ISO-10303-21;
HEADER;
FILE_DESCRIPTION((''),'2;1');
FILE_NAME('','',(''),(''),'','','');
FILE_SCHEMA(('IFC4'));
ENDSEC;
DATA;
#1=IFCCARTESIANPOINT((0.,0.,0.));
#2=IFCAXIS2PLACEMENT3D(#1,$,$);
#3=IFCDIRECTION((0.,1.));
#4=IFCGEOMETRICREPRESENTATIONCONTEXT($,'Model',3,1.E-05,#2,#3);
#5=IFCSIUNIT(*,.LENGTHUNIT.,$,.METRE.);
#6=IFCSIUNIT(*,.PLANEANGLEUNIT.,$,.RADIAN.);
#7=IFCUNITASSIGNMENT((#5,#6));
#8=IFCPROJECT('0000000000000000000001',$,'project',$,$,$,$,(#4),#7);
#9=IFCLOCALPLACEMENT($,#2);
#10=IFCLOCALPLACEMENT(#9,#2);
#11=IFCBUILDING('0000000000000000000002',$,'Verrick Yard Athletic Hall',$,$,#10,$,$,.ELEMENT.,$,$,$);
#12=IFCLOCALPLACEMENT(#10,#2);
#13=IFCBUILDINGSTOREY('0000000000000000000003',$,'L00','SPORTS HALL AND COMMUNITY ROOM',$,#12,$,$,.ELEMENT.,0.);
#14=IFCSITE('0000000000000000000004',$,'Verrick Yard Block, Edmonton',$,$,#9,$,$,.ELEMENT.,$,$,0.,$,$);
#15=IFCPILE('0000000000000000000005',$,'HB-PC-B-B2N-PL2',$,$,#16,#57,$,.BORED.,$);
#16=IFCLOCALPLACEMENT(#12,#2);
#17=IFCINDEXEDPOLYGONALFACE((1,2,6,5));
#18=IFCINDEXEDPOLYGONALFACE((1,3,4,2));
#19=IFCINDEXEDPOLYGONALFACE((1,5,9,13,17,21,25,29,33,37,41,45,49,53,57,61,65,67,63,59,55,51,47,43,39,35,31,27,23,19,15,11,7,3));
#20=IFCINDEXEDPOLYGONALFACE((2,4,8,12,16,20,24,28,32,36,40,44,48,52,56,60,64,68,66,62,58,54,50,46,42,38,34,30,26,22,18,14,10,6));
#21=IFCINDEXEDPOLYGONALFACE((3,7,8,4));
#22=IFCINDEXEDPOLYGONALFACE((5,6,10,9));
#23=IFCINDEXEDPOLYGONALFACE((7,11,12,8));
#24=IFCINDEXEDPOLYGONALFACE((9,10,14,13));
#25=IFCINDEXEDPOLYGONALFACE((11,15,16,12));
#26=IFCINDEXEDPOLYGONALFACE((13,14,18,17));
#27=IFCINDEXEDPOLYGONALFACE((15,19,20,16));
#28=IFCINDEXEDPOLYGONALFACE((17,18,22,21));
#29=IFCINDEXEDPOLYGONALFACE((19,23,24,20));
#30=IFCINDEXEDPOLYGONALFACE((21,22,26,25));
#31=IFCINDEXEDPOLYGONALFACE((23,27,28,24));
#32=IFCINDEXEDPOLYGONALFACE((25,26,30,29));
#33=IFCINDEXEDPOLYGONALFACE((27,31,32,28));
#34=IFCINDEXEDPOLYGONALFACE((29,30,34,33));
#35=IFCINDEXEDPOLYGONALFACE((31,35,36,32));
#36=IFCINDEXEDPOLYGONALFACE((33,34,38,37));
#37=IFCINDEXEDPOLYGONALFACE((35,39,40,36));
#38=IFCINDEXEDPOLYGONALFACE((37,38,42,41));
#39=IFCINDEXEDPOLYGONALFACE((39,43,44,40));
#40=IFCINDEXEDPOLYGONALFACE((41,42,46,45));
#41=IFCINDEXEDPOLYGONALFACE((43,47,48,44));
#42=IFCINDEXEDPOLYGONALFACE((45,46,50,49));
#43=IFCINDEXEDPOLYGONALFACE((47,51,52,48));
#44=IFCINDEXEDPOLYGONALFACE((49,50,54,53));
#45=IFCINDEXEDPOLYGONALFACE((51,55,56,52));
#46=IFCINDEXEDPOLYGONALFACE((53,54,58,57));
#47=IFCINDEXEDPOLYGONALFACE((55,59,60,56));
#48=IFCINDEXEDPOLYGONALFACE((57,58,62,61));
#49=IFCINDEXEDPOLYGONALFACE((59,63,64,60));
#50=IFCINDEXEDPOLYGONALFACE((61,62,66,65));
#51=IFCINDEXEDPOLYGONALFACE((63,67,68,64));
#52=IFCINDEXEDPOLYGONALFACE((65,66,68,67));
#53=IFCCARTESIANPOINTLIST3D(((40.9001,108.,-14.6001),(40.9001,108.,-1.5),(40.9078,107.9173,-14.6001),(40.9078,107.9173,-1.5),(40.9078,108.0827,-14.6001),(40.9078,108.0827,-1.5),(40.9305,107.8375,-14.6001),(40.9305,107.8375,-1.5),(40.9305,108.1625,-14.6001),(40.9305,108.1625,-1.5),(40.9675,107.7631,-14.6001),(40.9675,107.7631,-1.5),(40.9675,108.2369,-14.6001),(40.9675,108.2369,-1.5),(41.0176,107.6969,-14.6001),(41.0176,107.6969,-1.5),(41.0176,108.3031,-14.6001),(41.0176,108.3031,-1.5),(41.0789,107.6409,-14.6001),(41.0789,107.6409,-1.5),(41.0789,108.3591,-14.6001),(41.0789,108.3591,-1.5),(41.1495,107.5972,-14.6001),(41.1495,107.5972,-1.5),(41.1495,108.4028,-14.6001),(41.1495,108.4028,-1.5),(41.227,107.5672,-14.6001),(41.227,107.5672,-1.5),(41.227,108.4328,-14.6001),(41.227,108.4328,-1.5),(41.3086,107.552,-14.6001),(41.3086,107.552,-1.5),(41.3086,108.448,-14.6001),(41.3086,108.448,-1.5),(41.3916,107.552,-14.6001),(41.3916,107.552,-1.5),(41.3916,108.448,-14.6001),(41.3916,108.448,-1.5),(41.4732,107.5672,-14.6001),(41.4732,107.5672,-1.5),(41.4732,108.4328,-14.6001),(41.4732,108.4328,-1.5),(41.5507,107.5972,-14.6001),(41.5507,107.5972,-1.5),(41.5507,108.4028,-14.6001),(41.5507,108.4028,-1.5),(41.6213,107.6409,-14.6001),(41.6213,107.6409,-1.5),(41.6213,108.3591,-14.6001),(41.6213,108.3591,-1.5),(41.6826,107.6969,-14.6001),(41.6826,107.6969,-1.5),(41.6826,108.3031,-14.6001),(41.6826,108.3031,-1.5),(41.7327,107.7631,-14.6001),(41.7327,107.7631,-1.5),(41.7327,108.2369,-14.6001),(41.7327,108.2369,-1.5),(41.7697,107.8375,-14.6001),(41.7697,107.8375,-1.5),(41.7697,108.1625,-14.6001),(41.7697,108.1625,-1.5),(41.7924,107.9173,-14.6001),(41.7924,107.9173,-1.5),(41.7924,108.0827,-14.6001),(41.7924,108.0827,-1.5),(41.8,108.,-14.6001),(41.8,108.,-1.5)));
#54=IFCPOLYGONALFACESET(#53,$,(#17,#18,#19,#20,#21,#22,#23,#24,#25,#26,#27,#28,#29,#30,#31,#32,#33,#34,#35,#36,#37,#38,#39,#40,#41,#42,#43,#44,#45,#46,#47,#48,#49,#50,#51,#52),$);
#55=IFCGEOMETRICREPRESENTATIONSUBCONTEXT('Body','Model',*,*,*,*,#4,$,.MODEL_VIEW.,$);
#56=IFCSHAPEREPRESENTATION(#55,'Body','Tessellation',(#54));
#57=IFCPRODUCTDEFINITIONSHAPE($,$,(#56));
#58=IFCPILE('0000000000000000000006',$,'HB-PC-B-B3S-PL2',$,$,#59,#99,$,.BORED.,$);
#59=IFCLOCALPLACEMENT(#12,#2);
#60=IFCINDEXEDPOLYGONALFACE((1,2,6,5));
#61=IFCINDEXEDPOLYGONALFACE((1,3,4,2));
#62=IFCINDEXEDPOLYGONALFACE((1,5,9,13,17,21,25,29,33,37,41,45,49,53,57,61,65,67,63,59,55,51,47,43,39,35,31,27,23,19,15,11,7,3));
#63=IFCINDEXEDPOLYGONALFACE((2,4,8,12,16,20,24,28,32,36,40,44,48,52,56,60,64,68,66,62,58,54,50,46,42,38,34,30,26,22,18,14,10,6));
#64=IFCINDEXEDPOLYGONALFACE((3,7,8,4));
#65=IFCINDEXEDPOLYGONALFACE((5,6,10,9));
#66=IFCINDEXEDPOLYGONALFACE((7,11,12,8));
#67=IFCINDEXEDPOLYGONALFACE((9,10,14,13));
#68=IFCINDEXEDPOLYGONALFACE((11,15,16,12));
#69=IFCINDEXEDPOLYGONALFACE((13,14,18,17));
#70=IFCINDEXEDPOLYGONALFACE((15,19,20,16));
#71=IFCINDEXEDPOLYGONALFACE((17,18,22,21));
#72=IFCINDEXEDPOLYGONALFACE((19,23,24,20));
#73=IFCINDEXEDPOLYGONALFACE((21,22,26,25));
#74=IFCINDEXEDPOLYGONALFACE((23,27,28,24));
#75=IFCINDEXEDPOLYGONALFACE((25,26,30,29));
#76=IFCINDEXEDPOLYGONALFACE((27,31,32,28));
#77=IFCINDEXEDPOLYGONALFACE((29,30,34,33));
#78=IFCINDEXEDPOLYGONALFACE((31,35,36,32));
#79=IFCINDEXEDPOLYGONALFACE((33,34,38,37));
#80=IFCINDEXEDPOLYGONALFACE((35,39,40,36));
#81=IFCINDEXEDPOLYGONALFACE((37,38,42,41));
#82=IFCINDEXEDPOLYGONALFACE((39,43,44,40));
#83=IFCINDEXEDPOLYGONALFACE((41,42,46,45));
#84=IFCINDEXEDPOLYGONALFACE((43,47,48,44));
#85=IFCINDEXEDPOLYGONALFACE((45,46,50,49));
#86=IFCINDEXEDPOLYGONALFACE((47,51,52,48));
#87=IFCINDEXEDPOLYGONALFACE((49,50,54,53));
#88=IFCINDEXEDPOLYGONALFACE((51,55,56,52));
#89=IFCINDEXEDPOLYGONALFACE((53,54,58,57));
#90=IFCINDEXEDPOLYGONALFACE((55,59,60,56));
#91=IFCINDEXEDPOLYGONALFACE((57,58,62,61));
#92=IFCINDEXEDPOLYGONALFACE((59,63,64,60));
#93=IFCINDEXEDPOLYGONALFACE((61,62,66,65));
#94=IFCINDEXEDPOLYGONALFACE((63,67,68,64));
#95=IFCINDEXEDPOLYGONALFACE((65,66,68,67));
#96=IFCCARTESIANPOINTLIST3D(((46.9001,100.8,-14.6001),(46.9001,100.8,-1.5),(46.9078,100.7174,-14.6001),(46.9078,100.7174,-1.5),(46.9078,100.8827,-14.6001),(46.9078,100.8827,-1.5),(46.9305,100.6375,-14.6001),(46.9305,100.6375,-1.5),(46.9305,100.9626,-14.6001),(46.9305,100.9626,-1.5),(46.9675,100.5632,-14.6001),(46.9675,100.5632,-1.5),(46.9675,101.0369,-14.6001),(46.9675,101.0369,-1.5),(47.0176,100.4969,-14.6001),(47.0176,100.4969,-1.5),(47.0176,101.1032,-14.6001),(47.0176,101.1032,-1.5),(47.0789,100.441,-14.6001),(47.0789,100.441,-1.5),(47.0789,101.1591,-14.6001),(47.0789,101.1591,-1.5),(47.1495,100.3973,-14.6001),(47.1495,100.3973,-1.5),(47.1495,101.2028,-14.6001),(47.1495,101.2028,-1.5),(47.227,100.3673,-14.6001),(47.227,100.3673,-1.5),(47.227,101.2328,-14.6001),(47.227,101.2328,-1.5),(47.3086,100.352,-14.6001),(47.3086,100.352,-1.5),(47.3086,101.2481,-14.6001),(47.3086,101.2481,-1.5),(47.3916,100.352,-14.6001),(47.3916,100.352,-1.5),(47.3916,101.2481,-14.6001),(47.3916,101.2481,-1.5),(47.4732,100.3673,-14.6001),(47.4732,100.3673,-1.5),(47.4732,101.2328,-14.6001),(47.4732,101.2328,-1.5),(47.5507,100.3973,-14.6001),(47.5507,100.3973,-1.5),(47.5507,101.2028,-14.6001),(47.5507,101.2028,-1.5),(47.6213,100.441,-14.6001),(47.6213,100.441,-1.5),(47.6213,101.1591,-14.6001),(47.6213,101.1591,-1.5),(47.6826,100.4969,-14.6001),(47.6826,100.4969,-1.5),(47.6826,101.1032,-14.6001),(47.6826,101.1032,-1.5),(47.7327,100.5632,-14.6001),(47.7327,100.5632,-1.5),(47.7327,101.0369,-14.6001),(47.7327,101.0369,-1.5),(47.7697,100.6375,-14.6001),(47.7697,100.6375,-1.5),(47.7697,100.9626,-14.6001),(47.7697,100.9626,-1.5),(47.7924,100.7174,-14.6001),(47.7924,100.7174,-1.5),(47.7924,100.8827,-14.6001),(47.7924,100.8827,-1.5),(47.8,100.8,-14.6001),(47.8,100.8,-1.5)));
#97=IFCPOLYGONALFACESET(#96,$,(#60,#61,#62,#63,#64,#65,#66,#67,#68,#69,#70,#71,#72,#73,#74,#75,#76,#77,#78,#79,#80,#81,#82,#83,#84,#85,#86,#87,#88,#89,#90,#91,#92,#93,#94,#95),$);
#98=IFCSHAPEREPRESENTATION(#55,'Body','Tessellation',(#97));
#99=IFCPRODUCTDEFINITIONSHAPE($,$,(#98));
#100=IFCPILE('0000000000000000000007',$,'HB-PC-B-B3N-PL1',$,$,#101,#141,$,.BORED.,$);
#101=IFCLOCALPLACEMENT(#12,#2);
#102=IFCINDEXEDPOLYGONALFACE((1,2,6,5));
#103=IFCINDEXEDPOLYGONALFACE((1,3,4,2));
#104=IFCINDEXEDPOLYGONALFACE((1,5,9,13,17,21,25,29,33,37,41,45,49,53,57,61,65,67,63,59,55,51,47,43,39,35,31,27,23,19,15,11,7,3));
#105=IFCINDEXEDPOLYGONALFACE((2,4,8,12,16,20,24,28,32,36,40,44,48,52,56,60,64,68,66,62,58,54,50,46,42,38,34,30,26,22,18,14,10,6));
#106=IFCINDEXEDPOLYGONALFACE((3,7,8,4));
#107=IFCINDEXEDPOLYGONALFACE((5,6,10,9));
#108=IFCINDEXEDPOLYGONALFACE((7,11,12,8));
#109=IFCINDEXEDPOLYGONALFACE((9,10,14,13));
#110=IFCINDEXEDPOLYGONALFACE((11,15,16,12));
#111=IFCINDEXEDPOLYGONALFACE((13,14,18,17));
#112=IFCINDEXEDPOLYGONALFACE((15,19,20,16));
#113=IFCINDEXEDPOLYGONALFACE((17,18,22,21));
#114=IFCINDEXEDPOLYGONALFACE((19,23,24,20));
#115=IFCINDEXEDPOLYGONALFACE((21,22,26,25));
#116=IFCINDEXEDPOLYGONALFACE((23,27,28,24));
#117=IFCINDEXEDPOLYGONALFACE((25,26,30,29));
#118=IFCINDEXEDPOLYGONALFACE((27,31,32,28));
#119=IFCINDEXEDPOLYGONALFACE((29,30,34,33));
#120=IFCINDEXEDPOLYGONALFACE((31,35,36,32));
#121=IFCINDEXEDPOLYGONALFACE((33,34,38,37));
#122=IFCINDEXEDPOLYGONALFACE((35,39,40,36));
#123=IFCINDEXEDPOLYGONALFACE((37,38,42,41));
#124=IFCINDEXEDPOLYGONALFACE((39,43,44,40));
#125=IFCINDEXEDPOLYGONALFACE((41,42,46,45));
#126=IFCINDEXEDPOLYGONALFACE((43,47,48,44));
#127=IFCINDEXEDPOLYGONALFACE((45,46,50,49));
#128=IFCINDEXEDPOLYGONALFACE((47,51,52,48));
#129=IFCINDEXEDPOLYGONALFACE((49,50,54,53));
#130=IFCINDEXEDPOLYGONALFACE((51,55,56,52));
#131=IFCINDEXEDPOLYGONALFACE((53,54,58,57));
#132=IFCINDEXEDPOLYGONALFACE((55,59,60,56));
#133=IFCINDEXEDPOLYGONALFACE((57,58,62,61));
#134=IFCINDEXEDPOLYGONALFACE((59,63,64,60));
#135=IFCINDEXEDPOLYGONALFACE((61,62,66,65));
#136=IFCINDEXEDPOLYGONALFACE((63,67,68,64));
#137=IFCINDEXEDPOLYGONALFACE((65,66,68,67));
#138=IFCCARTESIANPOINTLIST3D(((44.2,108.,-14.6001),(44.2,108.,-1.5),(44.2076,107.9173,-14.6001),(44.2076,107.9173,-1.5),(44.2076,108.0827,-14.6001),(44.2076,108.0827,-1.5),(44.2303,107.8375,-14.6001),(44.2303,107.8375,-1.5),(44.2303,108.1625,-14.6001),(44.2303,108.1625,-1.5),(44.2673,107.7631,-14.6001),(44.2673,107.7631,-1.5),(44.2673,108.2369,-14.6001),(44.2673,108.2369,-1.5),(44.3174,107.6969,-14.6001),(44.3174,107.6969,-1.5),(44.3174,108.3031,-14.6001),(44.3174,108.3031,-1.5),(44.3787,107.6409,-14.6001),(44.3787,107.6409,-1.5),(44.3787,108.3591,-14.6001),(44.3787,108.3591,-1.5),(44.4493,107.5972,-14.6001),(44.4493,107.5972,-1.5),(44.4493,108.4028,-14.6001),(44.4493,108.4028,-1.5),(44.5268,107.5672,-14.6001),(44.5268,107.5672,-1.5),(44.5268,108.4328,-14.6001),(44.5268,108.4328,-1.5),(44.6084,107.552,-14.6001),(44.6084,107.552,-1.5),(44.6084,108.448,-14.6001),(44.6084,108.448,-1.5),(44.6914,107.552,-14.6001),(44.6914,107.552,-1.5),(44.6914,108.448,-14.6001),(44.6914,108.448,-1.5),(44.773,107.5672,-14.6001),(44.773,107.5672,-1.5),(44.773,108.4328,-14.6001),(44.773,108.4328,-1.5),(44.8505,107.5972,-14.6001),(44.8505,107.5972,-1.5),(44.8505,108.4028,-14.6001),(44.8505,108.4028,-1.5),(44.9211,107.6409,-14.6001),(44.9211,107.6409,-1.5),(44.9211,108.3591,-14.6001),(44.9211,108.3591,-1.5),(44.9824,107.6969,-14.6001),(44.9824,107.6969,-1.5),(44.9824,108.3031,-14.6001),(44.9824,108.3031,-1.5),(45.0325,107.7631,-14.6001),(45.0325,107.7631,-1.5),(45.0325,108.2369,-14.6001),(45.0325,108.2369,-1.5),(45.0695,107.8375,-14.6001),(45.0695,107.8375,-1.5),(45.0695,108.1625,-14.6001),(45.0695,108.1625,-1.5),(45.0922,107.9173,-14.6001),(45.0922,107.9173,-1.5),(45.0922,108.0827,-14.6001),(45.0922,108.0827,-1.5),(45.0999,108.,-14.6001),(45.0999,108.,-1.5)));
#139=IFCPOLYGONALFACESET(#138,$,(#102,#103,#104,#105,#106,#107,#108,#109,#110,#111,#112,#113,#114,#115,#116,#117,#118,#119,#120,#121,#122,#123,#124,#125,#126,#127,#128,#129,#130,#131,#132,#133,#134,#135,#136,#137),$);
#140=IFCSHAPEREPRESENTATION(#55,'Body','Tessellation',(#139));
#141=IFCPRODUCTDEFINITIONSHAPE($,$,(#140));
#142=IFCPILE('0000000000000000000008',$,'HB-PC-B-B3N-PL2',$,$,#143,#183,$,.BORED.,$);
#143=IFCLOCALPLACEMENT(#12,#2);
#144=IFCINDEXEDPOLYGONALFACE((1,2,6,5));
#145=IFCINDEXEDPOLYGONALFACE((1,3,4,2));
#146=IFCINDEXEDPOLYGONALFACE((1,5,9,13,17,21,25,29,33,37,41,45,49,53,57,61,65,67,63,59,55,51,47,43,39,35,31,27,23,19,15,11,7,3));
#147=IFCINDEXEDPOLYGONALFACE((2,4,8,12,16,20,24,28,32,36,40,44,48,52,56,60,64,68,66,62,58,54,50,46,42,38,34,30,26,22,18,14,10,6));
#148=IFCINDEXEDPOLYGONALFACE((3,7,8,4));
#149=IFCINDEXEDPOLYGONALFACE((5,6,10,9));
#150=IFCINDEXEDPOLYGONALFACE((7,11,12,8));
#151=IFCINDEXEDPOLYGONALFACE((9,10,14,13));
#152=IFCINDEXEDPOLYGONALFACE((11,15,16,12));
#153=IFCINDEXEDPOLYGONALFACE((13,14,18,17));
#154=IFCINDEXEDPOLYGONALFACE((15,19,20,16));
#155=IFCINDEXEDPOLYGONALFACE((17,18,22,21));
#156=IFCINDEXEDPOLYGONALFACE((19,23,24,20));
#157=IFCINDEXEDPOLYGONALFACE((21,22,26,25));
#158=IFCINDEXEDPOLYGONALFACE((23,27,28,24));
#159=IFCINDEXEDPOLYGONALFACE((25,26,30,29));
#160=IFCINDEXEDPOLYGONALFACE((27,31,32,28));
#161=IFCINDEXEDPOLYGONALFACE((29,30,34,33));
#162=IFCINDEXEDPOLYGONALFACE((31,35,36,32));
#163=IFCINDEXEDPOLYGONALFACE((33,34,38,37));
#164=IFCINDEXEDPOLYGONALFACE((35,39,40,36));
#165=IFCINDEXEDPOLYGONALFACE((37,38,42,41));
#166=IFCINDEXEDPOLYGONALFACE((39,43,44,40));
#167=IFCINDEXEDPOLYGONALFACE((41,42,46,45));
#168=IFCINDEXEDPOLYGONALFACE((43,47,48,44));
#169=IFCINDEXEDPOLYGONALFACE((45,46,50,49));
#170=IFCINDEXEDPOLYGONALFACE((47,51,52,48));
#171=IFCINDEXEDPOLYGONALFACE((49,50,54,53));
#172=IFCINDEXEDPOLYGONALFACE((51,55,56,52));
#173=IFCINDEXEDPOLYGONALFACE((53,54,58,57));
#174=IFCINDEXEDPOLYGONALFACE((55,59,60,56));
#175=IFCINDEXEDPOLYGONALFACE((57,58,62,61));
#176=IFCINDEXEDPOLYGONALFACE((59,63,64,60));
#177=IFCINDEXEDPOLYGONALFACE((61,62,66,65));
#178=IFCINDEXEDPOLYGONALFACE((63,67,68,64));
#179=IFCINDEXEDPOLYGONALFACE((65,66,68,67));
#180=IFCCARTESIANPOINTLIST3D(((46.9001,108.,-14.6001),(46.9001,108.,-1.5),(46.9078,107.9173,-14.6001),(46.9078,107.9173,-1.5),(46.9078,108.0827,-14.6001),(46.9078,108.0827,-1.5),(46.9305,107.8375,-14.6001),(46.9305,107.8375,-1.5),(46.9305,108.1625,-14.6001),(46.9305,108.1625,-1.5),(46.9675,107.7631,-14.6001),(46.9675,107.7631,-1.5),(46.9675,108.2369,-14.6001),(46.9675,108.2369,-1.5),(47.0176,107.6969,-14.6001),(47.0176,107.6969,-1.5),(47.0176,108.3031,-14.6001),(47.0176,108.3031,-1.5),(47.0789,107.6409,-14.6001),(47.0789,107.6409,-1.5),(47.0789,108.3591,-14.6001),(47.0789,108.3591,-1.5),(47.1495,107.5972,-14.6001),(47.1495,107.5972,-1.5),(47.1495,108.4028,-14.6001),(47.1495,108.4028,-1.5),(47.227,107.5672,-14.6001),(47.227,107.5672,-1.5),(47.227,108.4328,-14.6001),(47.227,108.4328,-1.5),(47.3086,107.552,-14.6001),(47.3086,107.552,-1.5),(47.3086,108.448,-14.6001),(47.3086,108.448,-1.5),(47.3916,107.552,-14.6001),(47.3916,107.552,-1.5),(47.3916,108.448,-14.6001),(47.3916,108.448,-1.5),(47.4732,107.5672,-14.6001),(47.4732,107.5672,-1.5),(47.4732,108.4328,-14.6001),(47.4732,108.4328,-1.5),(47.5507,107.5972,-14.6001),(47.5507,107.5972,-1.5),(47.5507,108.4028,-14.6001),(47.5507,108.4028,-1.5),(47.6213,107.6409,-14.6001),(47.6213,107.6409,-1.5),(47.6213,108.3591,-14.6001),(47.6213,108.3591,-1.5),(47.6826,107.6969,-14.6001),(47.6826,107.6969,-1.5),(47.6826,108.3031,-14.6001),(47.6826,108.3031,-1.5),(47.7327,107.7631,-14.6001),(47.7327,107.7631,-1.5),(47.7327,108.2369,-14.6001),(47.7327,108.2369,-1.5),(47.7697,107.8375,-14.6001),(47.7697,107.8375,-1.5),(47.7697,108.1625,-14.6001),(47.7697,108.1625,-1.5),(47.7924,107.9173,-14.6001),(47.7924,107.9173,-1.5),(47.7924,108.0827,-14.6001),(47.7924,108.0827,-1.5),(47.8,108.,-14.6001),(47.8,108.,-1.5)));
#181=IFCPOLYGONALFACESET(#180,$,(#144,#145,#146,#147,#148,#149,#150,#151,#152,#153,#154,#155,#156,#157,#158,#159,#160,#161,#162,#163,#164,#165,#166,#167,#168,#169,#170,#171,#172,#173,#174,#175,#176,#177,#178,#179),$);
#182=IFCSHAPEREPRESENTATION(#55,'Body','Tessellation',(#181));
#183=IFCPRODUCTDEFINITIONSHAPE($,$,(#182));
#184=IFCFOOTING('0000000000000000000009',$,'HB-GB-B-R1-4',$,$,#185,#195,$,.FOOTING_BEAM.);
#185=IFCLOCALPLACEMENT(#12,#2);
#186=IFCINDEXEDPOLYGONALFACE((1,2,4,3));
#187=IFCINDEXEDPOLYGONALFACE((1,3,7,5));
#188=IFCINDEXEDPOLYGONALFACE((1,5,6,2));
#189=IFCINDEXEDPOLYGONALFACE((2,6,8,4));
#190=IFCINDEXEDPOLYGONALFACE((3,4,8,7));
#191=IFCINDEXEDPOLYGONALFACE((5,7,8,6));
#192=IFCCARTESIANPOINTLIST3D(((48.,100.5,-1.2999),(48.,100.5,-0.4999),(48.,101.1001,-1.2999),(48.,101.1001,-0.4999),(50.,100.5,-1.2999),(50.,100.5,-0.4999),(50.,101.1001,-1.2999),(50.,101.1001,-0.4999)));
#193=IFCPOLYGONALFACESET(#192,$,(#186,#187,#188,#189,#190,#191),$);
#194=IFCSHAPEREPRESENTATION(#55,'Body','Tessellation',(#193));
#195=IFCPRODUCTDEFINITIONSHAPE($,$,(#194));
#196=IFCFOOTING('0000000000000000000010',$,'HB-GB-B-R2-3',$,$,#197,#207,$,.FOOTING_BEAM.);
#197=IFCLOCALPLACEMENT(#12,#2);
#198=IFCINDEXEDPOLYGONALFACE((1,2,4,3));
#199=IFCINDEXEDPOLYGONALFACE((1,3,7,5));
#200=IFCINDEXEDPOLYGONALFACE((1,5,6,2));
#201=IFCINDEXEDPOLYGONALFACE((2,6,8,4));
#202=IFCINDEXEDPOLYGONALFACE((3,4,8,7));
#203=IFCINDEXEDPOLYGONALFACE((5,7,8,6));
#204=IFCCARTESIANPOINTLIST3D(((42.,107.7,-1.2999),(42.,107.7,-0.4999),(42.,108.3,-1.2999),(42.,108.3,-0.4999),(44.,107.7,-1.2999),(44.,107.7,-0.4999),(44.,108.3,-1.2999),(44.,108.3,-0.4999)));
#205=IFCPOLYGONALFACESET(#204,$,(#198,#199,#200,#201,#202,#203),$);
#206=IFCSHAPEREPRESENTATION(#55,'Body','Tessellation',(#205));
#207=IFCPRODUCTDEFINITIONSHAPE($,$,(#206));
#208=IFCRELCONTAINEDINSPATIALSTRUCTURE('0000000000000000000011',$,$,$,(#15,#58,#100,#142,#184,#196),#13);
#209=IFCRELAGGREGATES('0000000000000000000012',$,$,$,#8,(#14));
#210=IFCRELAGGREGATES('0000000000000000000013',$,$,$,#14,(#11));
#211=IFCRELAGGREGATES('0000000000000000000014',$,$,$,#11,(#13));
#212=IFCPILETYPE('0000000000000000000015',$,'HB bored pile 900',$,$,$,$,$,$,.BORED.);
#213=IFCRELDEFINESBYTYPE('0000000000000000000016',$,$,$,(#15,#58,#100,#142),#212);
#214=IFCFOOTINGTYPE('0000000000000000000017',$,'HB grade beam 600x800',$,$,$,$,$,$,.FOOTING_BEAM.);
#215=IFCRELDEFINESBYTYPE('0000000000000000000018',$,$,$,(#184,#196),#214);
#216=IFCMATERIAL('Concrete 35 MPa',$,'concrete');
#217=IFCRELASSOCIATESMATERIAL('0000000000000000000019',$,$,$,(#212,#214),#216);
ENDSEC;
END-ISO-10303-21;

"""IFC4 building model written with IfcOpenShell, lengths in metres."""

from ifc_helpers import new_model, si_unit, direction, frame, origin, origin_2d, place, context, subcontext, project, spatial, rectangle, circle, extrude, material, material_profile, profile_set, type_object, element, save


model = new_model("IFC4")

# Units and contexts
model_context = context("Model", 3, precision=1e-05, world=origin(), true_north=direction((0.0, 1.0)))
body_context = subcontext(model_context, "Body", "Model", "MODEL_VIEW")
ifc_project = project(units=[si_unit("LENGTHUNIT", "METRE"), si_unit("PLANEANGLEUNIT", "RADIAN")], contexts=[model_context])

# Site, building, storey
site_placement = place(None, origin())
site = spatial("IfcSite", under=ifc_project, at=site_placement, Name="Verrick Yard Block, Edmonton", CompositionType="ELEMENT", RefElevation=0.0)
building_placement = place(site_placement, origin())
building = spatial("IfcBuilding", under=site, at=building_placement, Name="Verrick Yard Athletic Hall", CompositionType="ELEMENT")
storey_placement = place(building_placement, origin())
storey = spatial("IfcBuildingStorey", under=building, at=storey_placement, Name="L00", Description="SPORTS HALL AND COMMUNITY ROOM", CompositionType="ELEMENT", Elevation=0.0)

# Piles
ifc_material_1 = material(Name="Concrete 35 MPa", Category="concrete")
ifc_material_profile_1 = material_profile(ifc_material_1, circle(Radius=0.45, at=origin_2d()), Name="Bored pile 900")
ifc_profile_set_1 = profile_set([ifc_material_profile_1], Name="Concrete 35 MPa")
pile_type = type_object("IfcPileType", Name="HB bored pile 900", PredefinedType="BORED", material=ifc_profile_set_1)
for number, where, z_axis, x_axis, name in (
    (1, (41.3501, 108.0, -1.5), (0.0, 0.0, -1.0), (1.0, 0.0, 0.0), "HB-PC-B-B2N-PL2"),
    (2, (47.3501, 100.8, -1.5), (0.0, 0.0, -1.0), (1.0, 0.0, 0.0), "HB-PC-B-B3S-PL2"),
    (3, (44.6499, 108.0, -1.5), (0.0, 0.0, -1.0), (1.0, 0.0, 0.0), "HB-PC-B-B3N-PL1"),
    (4, (47.3501, 108.0, -1.5), (0.0, 0.0, -1.0), (1.0, 0.0, 0.0), "HB-PC-B-B3N-PL2"),
):
    element("IfcPile", number, at=place(storey_placement, frame(where, z_axis=z_axis, x_axis=x_axis)), inside=storey, type_object=pile_type, Name=name, PredefinedType="BORED", context=body_context, shape_type="SweptSolid", body=[
        extrude(circle(Radius=0.45, at=origin_2d()), origin(), (0.0, 0.0, 1.0), 13.1001),
    ])

# Footings
ifc_material_profile_2 = material_profile(ifc_material_1, rectangle(XDim=0.6001, YDim=0.8, at=origin_2d()), Name="Grade beam 600x800")
ifc_profile_set_2 = profile_set([ifc_material_profile_2], Name="Concrete 35 MPa")
footing_type = type_object("IfcFootingType", Name="HB grade beam 600x800", PredefinedType="FOOTING_BEAM", material=ifc_profile_set_2)
for number, where, z_axis, x_axis, name in (
    (5, (48.0, 100.8, -0.8999), (1.0, 0.0, 0.0), (0.0, 1.0, 0.0), "HB-GB-B-R1-4"),
    (6, (42.0, 108.0, -0.8999), (1.0, 0.0, 0.0), (0.0, 1.0, 0.0), "HB-GB-B-R2-3"),
):
    element("IfcFooting", number, at=place(storey_placement, frame(where, z_axis=z_axis, x_axis=x_axis)), inside=storey, type_object=footing_type, Name=name, PredefinedType="FOOTING_BEAM", context=body_context, shape_type="SweptSolid", body=[
        extrude(rectangle(XDim=0.6001, YDim=0.8, at=origin_2d()), origin(), (0.0, 0.0, 1.0), 2.0),
    ])

save(model, "model.ifc")
